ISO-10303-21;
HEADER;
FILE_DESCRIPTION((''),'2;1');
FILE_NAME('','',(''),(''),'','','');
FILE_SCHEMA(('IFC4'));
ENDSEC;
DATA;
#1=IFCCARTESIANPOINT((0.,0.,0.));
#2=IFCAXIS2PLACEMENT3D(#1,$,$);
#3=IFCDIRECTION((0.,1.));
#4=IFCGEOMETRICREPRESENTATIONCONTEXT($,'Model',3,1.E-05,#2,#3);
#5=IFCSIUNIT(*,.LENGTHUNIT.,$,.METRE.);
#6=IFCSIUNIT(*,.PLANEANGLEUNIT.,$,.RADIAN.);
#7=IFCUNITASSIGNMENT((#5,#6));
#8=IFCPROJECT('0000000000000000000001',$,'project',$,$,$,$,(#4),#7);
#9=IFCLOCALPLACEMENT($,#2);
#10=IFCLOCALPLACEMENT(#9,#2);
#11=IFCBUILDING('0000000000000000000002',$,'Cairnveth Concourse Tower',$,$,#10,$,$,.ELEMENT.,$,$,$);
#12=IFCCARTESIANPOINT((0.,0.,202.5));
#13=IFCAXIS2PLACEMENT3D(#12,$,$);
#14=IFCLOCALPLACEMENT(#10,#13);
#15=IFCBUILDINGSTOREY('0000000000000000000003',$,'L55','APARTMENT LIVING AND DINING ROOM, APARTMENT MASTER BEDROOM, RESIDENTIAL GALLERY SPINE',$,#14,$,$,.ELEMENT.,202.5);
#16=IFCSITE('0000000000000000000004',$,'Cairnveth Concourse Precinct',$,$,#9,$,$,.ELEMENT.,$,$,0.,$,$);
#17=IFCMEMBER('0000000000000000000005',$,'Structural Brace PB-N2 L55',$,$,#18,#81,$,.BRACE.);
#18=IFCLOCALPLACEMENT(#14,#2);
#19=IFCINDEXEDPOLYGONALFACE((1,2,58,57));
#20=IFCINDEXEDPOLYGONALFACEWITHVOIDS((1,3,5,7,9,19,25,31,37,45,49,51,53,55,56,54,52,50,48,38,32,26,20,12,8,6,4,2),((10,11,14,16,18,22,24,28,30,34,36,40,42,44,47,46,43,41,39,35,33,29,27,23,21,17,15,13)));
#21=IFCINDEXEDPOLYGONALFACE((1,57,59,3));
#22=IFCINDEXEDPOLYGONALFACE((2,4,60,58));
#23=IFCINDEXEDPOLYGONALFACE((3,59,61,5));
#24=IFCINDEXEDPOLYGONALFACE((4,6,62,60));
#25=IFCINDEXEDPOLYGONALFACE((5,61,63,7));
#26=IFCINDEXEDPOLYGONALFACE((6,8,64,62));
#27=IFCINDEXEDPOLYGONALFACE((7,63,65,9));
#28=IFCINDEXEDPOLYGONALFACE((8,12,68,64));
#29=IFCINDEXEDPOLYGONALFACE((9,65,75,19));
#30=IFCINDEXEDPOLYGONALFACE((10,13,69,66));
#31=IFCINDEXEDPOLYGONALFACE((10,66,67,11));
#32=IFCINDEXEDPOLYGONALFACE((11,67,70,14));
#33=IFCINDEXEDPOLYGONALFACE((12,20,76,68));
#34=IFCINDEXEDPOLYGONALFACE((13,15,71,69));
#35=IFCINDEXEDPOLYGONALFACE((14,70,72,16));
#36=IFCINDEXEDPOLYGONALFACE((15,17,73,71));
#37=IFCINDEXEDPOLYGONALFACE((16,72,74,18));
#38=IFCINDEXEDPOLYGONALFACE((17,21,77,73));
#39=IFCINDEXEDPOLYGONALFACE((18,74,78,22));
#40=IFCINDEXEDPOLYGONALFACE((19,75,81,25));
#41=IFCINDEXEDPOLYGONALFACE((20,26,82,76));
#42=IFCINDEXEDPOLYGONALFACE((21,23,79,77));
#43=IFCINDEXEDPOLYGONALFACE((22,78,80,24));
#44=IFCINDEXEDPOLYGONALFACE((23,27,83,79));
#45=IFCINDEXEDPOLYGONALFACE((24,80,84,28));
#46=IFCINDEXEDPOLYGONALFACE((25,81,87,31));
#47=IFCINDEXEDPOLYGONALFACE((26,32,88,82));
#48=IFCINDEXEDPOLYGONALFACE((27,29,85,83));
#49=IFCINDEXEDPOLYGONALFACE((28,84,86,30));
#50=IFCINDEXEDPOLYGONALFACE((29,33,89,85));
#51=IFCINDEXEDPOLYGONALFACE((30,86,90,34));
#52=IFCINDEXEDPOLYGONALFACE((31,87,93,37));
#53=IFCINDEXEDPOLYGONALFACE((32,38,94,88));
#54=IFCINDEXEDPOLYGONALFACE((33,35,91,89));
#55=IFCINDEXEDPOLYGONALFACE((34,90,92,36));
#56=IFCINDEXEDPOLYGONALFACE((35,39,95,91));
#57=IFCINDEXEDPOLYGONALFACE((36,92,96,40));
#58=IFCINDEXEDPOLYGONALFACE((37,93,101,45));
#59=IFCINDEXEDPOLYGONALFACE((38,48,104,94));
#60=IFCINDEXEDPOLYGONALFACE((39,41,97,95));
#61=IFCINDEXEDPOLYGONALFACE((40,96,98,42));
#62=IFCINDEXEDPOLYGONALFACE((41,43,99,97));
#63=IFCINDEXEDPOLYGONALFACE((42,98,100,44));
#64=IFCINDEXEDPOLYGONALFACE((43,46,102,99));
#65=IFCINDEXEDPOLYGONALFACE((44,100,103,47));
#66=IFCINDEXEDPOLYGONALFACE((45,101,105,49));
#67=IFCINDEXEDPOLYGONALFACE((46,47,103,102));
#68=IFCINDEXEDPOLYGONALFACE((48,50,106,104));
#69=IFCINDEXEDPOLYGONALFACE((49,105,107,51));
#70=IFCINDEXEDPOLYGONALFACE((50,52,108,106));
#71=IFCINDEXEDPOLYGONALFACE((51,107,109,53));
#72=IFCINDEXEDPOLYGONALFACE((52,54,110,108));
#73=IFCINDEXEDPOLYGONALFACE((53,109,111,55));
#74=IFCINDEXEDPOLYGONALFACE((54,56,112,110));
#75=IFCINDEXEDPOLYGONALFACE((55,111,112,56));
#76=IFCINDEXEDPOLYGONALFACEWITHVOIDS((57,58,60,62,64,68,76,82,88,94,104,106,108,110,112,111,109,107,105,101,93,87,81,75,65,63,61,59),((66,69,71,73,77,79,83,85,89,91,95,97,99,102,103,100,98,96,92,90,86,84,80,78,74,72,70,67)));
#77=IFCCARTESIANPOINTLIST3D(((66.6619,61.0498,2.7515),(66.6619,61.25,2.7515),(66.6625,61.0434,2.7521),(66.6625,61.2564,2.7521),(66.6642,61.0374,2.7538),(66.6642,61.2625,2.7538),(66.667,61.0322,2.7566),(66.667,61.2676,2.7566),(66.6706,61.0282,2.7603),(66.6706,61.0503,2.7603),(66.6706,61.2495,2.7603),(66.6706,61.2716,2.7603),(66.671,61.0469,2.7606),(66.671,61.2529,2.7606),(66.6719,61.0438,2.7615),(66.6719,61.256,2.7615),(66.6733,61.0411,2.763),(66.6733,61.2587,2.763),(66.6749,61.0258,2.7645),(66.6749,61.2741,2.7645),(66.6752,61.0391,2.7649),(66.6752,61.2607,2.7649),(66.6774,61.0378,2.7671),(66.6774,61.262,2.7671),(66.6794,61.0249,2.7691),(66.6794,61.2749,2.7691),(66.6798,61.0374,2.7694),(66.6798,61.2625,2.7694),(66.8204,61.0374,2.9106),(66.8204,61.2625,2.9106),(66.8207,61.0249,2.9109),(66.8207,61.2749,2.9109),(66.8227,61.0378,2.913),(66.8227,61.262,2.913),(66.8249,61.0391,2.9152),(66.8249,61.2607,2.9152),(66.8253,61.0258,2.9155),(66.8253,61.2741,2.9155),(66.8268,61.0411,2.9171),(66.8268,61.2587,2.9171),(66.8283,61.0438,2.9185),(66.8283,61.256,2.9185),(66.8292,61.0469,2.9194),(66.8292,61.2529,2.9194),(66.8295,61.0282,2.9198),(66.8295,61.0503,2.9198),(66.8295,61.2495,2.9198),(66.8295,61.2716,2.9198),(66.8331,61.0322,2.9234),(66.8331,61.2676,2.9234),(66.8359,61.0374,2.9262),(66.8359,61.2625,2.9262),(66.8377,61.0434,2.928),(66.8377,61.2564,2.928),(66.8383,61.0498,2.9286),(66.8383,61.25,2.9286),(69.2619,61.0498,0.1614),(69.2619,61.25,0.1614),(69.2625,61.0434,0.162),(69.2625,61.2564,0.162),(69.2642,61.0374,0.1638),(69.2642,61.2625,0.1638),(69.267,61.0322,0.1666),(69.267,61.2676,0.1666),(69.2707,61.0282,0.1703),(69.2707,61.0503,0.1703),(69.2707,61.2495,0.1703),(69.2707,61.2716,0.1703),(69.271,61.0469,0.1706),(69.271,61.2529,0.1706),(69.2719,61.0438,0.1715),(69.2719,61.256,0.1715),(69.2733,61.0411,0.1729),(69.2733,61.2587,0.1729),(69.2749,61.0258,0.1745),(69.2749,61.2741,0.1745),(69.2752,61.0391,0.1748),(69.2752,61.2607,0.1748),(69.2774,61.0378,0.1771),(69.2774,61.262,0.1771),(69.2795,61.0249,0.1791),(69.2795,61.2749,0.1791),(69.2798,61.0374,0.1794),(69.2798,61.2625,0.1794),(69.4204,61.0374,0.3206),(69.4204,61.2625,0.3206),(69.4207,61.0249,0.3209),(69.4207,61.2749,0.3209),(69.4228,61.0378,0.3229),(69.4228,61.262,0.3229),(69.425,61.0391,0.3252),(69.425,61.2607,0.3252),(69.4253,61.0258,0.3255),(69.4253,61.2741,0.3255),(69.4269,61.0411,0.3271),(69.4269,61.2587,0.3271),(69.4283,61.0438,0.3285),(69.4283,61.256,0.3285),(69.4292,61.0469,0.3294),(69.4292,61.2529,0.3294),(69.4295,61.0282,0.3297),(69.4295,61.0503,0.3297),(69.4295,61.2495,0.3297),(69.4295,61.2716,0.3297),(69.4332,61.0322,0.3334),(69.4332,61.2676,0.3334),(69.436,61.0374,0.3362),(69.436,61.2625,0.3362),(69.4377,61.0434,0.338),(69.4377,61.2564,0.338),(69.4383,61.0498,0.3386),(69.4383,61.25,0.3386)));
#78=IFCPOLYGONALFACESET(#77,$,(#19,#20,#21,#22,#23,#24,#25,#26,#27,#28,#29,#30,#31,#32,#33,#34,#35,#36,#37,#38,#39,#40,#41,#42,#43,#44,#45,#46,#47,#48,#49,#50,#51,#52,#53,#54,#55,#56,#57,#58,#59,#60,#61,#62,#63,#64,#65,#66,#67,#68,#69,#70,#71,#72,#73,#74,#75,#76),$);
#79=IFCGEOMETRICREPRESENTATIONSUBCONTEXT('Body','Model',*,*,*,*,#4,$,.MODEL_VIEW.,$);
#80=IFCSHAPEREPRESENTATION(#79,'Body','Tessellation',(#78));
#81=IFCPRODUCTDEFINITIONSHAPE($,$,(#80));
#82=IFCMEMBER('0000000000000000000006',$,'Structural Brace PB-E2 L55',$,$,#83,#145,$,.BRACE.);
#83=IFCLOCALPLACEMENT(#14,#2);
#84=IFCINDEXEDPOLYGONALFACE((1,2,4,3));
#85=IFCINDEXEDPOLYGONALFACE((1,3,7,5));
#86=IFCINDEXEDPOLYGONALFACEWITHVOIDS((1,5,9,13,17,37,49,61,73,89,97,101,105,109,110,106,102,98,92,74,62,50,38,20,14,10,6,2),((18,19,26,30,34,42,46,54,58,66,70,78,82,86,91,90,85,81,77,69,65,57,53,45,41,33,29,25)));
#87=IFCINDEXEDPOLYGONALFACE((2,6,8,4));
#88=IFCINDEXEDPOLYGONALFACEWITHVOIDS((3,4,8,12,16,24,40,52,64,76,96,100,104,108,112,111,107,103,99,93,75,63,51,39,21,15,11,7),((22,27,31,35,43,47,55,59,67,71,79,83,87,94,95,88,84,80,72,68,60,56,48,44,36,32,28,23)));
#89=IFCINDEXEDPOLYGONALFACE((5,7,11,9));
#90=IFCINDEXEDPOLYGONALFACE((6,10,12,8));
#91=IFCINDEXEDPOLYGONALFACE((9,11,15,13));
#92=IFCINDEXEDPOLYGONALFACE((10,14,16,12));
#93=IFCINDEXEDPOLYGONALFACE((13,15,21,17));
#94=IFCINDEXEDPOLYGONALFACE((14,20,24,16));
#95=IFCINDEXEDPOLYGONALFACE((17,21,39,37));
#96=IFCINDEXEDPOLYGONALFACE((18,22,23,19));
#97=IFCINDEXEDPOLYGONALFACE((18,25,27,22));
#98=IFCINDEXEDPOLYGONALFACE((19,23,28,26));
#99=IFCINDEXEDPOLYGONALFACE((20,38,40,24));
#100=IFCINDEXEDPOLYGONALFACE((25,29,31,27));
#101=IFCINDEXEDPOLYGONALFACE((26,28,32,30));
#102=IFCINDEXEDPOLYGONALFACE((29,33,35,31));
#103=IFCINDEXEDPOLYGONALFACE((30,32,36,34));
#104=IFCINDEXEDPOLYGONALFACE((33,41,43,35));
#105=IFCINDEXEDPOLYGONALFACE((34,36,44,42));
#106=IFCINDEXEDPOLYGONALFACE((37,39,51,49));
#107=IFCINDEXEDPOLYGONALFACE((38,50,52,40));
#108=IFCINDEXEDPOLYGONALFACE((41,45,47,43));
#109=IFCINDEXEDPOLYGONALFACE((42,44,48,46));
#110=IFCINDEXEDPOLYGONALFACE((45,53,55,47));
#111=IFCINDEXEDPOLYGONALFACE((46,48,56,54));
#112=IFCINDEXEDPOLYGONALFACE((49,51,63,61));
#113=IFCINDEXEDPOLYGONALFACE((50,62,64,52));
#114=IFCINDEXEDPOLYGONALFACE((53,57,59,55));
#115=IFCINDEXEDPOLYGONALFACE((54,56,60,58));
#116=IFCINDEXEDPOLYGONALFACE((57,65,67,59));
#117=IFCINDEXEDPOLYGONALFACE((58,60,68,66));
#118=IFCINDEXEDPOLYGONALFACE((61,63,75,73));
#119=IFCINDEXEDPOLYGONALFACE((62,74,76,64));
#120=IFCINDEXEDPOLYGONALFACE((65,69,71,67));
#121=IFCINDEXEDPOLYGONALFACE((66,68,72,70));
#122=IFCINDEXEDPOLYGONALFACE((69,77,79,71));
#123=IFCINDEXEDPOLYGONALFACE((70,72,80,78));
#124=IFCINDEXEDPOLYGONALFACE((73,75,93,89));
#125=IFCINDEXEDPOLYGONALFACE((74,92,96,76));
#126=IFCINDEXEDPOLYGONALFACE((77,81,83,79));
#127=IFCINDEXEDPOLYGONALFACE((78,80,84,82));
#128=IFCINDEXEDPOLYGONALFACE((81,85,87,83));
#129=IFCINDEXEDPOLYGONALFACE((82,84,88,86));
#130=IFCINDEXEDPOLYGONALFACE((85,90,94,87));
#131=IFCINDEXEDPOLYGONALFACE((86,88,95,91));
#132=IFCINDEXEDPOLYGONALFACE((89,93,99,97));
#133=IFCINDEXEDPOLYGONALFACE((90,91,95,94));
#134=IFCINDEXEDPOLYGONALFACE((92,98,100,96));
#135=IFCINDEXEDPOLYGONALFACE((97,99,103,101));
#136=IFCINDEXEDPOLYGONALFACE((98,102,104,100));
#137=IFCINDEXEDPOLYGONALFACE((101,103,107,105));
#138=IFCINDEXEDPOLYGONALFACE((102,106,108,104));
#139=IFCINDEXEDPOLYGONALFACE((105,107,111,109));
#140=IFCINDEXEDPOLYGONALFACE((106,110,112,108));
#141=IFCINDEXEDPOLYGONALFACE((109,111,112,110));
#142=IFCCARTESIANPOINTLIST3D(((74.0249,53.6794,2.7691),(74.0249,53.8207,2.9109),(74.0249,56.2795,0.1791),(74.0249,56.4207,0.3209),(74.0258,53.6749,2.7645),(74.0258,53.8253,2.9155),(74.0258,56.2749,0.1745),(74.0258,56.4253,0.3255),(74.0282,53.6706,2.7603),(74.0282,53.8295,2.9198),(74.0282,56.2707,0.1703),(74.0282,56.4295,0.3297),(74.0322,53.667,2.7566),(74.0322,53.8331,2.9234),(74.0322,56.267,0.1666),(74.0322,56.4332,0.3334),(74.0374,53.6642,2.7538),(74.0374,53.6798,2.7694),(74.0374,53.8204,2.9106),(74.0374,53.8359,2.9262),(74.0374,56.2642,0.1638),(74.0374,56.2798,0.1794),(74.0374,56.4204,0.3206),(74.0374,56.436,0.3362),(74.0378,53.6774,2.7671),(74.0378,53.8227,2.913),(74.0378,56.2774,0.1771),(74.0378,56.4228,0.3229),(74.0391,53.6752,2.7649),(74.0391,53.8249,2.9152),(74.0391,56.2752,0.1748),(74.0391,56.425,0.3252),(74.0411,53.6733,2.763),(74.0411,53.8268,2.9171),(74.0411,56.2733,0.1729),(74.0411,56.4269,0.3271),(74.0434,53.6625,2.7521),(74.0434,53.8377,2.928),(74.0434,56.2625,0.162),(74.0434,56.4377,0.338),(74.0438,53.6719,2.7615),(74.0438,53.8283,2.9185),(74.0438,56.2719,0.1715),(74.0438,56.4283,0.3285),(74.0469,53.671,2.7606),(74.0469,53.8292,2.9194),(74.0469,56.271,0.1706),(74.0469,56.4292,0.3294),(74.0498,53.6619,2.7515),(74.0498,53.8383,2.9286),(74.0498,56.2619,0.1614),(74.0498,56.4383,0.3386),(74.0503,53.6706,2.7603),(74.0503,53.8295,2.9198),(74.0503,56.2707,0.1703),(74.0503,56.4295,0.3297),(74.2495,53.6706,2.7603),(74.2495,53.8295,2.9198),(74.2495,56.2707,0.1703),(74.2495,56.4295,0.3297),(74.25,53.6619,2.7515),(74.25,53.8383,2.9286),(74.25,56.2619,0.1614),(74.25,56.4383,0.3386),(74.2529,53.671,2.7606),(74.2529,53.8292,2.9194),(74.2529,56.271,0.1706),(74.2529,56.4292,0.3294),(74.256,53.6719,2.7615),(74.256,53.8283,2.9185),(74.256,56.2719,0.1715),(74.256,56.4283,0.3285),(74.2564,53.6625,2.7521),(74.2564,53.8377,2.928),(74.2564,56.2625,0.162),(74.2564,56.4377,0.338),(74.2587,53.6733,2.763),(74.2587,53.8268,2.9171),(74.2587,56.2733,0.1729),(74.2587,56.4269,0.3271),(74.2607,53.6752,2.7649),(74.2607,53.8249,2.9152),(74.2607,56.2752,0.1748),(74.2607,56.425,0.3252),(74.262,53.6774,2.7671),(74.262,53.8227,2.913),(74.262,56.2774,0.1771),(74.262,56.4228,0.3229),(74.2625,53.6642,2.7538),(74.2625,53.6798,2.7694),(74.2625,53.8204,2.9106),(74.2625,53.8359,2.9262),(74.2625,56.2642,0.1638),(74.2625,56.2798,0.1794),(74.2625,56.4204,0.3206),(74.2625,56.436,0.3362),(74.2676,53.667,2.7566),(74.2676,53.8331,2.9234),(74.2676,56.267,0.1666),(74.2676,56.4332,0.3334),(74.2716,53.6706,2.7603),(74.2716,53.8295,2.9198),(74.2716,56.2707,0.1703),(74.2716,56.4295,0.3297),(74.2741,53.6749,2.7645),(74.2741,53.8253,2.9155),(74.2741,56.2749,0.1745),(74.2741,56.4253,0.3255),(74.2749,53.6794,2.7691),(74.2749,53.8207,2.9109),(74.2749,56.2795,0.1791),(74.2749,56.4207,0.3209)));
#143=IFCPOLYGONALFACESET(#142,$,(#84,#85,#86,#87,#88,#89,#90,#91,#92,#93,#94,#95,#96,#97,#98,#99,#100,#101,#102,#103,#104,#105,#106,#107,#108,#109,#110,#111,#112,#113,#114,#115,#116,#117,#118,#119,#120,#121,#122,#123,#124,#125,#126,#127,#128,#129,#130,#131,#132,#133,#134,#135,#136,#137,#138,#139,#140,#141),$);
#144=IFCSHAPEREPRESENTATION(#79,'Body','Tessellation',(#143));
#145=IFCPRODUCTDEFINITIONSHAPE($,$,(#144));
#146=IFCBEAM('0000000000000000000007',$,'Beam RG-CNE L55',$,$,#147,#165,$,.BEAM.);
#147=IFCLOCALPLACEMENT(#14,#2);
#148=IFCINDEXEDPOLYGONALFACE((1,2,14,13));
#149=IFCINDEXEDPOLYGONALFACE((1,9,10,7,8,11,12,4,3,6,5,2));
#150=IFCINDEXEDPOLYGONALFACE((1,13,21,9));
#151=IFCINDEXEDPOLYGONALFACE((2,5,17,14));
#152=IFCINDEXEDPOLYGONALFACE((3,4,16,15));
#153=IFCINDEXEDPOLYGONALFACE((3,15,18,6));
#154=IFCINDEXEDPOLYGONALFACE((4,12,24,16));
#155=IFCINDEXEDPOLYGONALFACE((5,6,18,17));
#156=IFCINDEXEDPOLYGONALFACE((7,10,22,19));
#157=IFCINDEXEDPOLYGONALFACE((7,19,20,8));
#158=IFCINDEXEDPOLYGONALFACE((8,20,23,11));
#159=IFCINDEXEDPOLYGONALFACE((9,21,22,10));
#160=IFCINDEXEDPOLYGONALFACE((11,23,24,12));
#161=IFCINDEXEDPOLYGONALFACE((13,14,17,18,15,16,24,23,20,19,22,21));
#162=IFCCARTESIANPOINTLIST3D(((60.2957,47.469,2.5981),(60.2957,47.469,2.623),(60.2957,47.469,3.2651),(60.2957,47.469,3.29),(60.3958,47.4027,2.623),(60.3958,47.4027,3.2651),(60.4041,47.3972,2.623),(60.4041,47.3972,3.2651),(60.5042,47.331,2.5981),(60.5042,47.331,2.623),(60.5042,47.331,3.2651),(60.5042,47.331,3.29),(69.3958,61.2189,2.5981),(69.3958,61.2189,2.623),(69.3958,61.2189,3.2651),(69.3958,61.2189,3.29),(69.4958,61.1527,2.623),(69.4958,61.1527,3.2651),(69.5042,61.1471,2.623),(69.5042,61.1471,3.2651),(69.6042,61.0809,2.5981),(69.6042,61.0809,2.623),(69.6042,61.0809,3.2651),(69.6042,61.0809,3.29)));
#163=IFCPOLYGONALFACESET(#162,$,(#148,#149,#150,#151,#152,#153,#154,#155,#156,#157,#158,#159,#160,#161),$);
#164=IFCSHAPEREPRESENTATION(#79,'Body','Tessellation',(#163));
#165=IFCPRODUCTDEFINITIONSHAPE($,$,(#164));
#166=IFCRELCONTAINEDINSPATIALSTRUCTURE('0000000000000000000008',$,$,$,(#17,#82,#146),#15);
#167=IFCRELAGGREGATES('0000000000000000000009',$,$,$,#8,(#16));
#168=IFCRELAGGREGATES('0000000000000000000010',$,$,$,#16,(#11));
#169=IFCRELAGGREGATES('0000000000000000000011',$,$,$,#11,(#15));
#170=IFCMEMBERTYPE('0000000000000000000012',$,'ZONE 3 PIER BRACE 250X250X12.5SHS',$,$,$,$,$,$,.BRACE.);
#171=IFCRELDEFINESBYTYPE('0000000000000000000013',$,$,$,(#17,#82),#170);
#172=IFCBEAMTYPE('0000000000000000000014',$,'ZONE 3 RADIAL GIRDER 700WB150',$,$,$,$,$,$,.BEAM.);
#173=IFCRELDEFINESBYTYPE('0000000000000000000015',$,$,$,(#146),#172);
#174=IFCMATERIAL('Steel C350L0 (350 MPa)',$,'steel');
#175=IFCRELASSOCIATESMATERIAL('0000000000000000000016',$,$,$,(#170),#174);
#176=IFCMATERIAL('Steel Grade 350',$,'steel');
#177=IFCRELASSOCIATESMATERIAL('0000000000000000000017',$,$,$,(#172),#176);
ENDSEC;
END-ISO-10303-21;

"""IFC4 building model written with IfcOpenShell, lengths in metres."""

from ifc_helpers import new_model, si_unit, direction, frame, origin, origin_2d, place, context, subcontext, project, spatial, hollow_rectangle, i_section, extrude, material, material_profile, profile_set, type_object, element, save


model = new_model("IFC4")

# Units and contexts
model_context = context("Model", 3, precision=1e-05, world=origin(), true_north=direction((0.0, 1.0)))
body_context = subcontext(model_context, "Body", "Model", "MODEL_VIEW")
ifc_project = project(units=[si_unit("LENGTHUNIT", "METRE"), si_unit("PLANEANGLEUNIT", "RADIAN")], contexts=[model_context])

# Site, building, storey
site_placement = place(None, origin())
site = spatial("IfcSite", under=ifc_project, at=site_placement, Name="Cairnveth Concourse Precinct", CompositionType="ELEMENT", RefElevation=0.0)
building_placement = place(site_placement, origin())
building = spatial("IfcBuilding", under=site, at=building_placement, Name="Cairnveth Concourse Tower", CompositionType="ELEMENT")
storey_placement = place(building_placement, frame((0.0, 0.0, 202.5)))
storey = spatial("IfcBuildingStorey", under=building, at=storey_placement, Name="L55", Description="APARTMENT LIVING AND DINING ROOM, APARTMENT MASTER BEDROOM, RESIDENTIAL GALLERY SPINE", CompositionType="ELEMENT", Elevation=202.5)

# Shared definitions
ifc_material_1 = material(Name="Steel Grade 350", Category="steel")

# Members
ifc_material_2 = material(Name="Steel C350L0 (350 MPa)", Category="steel")
ifc_material_profile_1 = material_profile(ifc_material_2, hollow_rectangle(XDim=0.25, YDim=0.25, WallThickness=0.0125, InnerFilletRadius=0.0129, OuterFilletRadius=0.0249, at=origin_2d()), Name="250x250x12.5SHS")
ifc_profile_set_1 = profile_set([ifc_material_profile_1], Name="Steel C350L0 (350 MPa)")
member_type = type_object("IfcMemberType", Name="ZONE 3 PIER BRACE 250X250X12.5SHS", PredefinedType="BRACE", material=ifc_profile_set_1)
for number, where, z_axis, x_axis, name in (
    (1, (69.3501, 61.1499, 0.25), (-0.708469, 0.0, 0.705742), (0.0, -1.0, 0.0), "Structural Brace PB-N2 L55"),
    (2, (74.1499, 56.3501, 0.25), (0.0, -0.708469, 0.705742), (1.0, 0.0, 0.0), "Structural Brace PB-E2 L55"),
):
    element("IfcMember", number, at=place(storey_placement, frame(where, z_axis=z_axis, x_axis=x_axis)), inside=storey, type_object=member_type, Name=name, PredefinedType="BRACE", context=body_context, shape_type="SweptSolid", body=[
        extrude(hollow_rectangle(XDim=0.25, YDim=0.25, WallThickness=0.0125, InnerFilletRadius=0.0129, OuterFilletRadius=0.0249, at=origin_2d()), origin(), (0.0, 0.0, 1.0), 3.6699),
    ])

# Beam
ifc_material_profile_2 = material_profile(ifc_material_1, i_section(OverallWidth=0.25, OverallDepth=0.6919, WebThickness=0.01, FlangeThickness=0.0249, at=origin_2d()), Name="700WB150")
ifc_profile_set_2 = profile_set([ifc_material_profile_2], Name="Steel Grade 350")
beam_type_1 = type_object("IfcBeamType", Name="ZONE 3 RADIAL GIRDER 700WB150", PredefinedType="BEAM", material=ifc_profile_set_2)
beam_1_placement = place(storey_placement, frame((69.5, 61.1499, 2.9441), z_axis=(-0.551902, -0.833909, 0.0), x_axis=(0.833909, -0.551902, 0.0)))
element("IfcBeam", 3, at=beam_1_placement, inside=storey, type_object=beam_type_1, Name="Beam RG-CNE L55", PredefinedType="BEAM", context=body_context, shape_type="SweptSolid", body=[
    extrude(i_section(OverallWidth=0.25, OverallDepth=0.6919, WebThickness=0.01, FlangeThickness=0.0249, at=origin_2d()), origin(), (0.0, 0.0, 1.0), 16.4885),
])

save(model, "model.ifc")
